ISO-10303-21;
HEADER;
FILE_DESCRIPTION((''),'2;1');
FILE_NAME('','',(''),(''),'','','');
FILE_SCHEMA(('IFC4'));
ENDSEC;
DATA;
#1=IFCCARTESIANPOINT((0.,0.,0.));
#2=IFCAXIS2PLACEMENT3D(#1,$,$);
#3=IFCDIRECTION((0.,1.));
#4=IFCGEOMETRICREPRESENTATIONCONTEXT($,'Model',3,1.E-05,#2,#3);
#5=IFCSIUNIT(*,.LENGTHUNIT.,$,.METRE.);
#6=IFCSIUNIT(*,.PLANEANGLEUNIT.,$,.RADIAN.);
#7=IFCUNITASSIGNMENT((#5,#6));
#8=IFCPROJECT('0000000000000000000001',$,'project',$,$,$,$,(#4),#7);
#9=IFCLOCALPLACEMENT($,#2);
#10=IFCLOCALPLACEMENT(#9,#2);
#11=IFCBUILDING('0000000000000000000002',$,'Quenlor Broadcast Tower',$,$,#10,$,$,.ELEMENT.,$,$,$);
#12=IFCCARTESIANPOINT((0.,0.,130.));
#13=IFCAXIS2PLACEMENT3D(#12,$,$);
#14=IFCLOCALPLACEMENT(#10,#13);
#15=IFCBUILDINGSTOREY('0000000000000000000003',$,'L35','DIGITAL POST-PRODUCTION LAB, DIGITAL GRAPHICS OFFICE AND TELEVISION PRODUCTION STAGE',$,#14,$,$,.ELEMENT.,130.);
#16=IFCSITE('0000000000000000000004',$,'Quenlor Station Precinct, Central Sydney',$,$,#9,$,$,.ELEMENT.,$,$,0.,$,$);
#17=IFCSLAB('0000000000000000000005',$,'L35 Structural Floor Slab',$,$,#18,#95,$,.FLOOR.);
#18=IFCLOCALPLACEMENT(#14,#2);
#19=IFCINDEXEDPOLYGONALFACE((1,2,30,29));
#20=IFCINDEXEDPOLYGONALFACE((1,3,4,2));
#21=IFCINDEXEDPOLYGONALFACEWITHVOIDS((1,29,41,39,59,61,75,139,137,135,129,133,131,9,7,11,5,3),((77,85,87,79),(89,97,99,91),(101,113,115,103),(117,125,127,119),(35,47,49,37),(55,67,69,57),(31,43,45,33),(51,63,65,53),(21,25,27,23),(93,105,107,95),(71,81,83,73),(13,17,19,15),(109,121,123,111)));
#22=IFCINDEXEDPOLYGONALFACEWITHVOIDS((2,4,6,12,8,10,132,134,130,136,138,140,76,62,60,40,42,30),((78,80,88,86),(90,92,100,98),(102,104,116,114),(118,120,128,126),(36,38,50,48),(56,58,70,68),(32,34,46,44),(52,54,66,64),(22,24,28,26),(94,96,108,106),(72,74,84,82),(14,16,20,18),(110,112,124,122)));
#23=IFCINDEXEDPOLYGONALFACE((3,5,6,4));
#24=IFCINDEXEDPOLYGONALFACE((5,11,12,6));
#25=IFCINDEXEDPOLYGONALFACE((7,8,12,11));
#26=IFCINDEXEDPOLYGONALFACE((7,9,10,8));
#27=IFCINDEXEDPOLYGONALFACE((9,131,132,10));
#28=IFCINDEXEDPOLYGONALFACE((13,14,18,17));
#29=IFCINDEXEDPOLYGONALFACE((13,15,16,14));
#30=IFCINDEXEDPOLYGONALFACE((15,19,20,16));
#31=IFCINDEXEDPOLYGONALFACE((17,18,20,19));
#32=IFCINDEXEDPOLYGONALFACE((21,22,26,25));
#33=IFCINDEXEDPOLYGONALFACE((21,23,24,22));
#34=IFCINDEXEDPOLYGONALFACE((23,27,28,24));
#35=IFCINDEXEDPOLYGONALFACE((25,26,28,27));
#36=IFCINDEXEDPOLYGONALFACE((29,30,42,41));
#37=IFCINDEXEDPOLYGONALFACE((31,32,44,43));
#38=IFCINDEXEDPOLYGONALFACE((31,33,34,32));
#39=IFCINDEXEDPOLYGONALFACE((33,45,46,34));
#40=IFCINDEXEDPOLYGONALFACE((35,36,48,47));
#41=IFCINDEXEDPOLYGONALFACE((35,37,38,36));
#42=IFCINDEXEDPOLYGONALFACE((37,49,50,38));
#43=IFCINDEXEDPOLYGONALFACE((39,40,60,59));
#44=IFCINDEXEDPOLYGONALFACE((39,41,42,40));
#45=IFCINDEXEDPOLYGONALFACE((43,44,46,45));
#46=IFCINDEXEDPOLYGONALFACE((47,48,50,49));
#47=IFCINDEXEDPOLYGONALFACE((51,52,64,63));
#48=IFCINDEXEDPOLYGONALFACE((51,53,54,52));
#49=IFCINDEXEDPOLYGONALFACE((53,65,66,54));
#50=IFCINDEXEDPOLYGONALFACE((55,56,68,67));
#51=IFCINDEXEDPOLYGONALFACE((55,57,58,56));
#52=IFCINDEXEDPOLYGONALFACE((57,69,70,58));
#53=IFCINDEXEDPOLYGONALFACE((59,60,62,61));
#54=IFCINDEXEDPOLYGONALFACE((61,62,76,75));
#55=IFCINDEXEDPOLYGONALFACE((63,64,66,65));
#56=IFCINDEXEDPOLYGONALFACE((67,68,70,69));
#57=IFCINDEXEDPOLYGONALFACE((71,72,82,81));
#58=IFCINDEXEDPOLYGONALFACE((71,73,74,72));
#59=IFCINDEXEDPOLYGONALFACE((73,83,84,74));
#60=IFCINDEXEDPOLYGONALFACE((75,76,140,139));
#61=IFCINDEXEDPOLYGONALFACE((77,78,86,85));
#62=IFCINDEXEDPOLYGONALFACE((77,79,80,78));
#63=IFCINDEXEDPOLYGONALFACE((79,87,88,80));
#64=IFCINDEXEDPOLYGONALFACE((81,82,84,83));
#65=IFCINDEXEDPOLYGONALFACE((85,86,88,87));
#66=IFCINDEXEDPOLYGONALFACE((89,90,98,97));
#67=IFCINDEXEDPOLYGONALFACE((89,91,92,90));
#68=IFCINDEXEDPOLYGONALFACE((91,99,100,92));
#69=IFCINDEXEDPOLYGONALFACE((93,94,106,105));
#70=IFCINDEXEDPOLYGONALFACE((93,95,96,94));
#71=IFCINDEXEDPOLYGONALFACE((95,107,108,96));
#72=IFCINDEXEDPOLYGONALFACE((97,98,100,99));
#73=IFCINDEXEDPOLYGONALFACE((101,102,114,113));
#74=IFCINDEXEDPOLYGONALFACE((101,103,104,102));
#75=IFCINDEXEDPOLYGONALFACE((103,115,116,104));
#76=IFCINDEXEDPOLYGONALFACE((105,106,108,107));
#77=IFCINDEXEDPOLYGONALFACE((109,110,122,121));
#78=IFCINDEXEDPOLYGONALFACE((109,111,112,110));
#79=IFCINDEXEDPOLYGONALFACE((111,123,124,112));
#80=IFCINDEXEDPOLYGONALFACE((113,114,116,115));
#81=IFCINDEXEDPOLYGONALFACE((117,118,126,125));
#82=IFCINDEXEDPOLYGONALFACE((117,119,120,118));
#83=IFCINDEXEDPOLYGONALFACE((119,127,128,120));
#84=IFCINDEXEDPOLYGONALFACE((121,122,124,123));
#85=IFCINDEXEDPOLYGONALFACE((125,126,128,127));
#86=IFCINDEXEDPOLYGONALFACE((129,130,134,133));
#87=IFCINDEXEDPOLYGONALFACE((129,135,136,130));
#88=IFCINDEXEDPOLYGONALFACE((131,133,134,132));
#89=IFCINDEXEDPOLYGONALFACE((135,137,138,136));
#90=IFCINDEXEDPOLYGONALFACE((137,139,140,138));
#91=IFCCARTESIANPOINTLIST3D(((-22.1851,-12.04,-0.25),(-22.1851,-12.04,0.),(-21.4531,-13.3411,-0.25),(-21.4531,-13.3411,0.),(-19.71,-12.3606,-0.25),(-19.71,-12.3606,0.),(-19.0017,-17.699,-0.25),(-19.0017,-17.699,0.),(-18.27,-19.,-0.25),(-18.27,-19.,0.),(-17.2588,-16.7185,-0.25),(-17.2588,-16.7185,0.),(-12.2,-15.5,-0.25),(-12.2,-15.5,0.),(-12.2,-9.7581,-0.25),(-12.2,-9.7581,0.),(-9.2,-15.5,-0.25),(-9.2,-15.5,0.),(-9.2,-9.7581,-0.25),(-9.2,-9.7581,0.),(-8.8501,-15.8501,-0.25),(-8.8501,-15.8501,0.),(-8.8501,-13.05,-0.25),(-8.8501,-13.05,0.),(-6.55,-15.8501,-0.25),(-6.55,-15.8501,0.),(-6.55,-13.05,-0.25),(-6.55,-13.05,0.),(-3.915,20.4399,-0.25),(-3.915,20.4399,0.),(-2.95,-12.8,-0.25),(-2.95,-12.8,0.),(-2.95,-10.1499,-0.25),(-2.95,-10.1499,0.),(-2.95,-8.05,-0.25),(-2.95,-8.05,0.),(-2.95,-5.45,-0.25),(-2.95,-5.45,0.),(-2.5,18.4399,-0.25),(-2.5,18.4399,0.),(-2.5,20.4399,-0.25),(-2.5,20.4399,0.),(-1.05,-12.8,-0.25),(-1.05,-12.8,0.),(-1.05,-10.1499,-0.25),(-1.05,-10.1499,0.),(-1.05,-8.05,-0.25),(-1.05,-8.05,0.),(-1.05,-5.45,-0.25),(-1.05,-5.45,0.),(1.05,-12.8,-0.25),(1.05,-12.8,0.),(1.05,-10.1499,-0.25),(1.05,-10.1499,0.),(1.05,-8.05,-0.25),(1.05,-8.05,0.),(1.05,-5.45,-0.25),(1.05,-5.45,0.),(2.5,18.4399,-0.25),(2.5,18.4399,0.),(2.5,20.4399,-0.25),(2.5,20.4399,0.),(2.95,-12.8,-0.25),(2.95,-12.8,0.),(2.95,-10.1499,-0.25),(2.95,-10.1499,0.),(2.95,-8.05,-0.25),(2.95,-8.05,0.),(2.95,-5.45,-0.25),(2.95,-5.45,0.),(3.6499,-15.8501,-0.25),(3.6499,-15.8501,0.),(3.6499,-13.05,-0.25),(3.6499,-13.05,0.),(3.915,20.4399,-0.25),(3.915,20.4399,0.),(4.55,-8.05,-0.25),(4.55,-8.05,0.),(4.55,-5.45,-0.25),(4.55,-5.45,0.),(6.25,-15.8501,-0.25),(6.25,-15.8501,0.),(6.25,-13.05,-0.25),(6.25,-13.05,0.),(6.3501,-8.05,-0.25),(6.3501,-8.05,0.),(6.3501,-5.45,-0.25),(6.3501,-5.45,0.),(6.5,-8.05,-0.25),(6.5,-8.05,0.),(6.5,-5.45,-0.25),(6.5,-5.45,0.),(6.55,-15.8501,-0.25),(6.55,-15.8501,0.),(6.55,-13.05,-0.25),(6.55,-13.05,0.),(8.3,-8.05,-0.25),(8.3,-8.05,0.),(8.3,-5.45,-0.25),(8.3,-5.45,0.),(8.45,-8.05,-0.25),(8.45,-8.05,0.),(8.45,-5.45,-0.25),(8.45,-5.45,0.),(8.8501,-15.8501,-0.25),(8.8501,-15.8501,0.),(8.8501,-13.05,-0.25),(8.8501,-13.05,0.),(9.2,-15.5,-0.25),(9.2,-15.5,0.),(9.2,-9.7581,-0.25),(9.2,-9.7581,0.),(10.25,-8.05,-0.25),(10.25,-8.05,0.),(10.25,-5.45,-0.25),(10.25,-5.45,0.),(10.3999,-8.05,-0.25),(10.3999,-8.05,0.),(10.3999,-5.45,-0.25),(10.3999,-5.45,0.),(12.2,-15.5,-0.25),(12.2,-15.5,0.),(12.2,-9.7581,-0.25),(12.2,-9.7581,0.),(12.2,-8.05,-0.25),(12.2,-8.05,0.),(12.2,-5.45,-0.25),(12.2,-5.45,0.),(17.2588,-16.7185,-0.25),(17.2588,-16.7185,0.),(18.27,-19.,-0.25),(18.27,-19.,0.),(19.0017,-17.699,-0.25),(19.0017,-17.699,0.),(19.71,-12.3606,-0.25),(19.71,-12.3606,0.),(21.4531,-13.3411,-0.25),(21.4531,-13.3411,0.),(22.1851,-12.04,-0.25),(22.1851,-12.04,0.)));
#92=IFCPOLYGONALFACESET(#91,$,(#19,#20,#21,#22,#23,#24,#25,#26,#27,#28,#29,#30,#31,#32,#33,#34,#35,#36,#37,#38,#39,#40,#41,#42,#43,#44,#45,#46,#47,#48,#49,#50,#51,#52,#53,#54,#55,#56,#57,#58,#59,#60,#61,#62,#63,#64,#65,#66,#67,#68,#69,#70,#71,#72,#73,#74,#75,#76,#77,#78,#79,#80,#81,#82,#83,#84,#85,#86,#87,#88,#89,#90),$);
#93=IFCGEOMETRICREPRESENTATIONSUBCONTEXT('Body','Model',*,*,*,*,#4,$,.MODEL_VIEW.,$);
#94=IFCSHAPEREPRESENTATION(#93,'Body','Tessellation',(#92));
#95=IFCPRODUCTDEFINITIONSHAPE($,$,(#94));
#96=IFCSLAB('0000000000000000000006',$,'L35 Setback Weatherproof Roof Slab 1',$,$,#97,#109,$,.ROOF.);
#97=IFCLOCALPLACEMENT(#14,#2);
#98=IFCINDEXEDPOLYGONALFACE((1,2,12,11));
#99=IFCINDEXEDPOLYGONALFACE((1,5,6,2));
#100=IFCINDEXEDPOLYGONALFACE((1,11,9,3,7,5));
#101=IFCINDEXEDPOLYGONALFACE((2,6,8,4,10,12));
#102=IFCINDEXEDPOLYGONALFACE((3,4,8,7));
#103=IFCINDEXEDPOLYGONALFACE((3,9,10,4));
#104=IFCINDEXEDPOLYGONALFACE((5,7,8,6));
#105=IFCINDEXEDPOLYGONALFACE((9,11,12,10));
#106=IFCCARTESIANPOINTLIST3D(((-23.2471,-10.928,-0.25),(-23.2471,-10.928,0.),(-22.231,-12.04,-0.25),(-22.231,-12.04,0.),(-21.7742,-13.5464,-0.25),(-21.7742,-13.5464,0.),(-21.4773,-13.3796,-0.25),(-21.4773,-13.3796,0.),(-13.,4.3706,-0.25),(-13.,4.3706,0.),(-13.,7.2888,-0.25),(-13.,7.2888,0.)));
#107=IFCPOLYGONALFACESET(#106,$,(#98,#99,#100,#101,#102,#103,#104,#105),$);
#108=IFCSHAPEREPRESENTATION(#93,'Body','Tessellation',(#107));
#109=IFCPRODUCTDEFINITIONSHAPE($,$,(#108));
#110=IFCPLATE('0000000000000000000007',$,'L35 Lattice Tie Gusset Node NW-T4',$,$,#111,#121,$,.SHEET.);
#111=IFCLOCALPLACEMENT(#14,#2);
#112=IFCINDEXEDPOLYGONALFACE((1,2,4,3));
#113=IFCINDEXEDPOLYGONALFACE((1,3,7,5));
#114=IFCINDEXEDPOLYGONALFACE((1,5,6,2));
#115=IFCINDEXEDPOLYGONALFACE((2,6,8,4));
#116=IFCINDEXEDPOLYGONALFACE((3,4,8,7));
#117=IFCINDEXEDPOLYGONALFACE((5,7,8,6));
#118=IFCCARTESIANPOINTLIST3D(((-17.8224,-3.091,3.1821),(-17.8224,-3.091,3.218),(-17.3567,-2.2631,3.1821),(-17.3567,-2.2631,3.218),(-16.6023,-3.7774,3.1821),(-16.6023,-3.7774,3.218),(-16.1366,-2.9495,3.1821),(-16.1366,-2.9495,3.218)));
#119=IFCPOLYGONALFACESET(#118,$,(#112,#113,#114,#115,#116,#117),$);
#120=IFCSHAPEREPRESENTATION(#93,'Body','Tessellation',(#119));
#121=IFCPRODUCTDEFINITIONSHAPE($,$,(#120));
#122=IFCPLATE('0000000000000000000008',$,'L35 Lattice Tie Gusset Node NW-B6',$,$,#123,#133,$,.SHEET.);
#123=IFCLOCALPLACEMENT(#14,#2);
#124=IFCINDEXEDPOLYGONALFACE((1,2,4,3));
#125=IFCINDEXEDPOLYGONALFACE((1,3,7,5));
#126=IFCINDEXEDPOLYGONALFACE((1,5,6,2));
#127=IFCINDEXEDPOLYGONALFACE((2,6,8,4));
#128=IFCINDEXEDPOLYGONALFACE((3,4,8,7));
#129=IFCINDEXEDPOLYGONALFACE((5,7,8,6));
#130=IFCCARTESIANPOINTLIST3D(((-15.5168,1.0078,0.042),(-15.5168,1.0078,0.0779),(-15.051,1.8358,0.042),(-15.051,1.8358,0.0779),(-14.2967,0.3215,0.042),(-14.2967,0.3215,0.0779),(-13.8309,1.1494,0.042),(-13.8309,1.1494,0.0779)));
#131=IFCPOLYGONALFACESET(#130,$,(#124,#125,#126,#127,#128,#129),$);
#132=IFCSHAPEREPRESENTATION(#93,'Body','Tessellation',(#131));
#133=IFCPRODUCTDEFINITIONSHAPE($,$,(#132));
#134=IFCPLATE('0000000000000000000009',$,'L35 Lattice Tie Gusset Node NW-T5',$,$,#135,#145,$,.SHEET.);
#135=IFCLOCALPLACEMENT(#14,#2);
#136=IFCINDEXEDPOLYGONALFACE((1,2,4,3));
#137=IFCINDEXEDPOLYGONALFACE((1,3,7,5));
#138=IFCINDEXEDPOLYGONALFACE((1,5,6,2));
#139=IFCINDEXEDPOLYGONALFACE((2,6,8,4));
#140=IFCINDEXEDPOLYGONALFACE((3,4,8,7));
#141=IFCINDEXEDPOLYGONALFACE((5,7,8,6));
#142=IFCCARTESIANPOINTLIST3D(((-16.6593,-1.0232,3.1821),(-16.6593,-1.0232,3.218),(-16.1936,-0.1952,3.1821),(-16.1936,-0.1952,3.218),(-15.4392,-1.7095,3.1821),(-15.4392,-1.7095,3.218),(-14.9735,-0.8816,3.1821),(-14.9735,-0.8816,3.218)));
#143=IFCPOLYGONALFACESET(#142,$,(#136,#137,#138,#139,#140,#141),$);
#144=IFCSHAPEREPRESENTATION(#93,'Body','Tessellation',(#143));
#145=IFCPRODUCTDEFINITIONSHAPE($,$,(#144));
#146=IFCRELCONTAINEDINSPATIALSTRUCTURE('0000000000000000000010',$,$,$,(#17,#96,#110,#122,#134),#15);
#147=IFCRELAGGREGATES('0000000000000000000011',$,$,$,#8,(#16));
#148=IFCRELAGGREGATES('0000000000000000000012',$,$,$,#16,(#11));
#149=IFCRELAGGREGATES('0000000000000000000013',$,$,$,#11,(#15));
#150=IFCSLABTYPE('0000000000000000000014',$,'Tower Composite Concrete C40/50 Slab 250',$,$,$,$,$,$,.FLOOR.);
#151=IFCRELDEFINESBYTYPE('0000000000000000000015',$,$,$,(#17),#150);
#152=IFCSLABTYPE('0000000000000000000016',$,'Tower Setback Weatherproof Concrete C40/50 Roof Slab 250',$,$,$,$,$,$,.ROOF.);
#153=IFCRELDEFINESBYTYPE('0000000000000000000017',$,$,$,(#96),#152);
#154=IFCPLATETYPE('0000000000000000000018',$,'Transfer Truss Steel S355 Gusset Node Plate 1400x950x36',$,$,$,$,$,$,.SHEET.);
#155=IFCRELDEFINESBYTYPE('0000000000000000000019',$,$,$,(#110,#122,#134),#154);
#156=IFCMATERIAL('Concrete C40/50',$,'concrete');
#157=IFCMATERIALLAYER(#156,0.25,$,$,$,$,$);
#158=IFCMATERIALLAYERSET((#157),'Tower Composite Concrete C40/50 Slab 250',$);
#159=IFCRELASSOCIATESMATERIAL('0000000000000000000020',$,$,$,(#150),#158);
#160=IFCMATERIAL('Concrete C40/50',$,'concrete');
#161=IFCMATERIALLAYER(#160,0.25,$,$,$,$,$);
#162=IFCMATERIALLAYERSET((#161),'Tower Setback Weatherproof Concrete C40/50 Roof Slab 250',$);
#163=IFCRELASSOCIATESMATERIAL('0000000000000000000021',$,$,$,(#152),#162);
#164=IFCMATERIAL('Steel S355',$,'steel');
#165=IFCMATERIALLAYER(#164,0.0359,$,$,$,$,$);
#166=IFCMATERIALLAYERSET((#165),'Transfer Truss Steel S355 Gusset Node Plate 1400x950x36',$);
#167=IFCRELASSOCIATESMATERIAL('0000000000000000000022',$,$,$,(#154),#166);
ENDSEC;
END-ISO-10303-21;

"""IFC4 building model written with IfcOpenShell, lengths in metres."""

from ifc_helpers import new_model, si_unit, direction, frame, origin, origin_2d, place, context, subcontext, project, spatial, polyline, rectangle, outline, extrude, material, layer, layer_set, type_object, element, save


model = new_model("IFC4")

# Units and contexts
model_context = context("Model", 3, precision=1e-05, world=origin(), true_north=direction((0.0, 1.0)))
body_context = subcontext(model_context, "Body", "Model", "MODEL_VIEW")
ifc_project = project(units=[si_unit("LENGTHUNIT", "METRE"), si_unit("PLANEANGLEUNIT", "RADIAN")], contexts=[model_context])

# Site, building, storey
site_placement = place(None, origin())
site = spatial("IfcSite", under=ifc_project, at=site_placement, Name="Quenlor Station Precinct, Central Sydney", CompositionType="ELEMENT", RefElevation=0.0)
building_placement = place(site_placement, origin())
building = spatial("IfcBuilding", under=site, at=building_placement, Name="Quenlor Broadcast Tower", CompositionType="ELEMENT")
storey_placement = place(building_placement, frame((0.0, 0.0, 130.0)))
storey = spatial("IfcBuildingStorey", under=building, at=storey_placement, Name="L35", Description="DIGITAL POST-PRODUCTION LAB, DIGITAL GRAPHICS OFFICE AND TELEVISION PRODUCTION STAGE", CompositionType="ELEMENT", Elevation=130.0)

# Slabs
ifc_material_1 = material(Name="Concrete C40/50", Category="concrete")
ifc_layer_1 = layer(ifc_material_1, 0.25)
ifc_layer_set_1 = layer_set([ifc_layer_1], Name="Tower Composite Concrete C40/50 Slab 250")
slab_type_1 = type_object("IfcSlabType", Name="Tower Composite Concrete C40/50 Slab 250", PredefinedType="FLOOR", material=ifc_layer_set_1)
slab_1_placement = place(storey_placement, frame((0.0, 0.0, -0.25)))
element("IfcSlab", 1, at=slab_1_placement, inside=storey, type_object=slab_type_1, Name="L35 Structural Floor Slab", PredefinedType="FLOOR", context=body_context, shape_type="SweptSolid", body=[
    extrude(outline(polyline([(18.27, -19.0), (19.0017, -17.699), (17.2588, -16.7185), (19.71, -12.3606), (21.4531, -13.3411), (22.1851, -12.04), (3.915, 20.4399), (2.5, 20.4399), (2.5, 18.4399), (-2.5, 18.4399), (-2.5, 20.4399), (-3.915, 20.4399), (-22.1851, -12.04), (-21.4531, -13.3411), (-19.71, -12.3606), (-17.2588, -16.7185), (-19.0017, -17.699), (-18.27, -19.0), (18.27, -19.0)]), holes=[polyline([(-12.2, -9.7581), (-12.2, -15.5), (-9.2, -15.5), (-9.2, -9.7581), (-12.2, -9.7581)]), polyline([(9.2, -9.7581), (9.2, -15.5), (12.2, -15.5), (12.2, -9.7581), (9.2, -9.7581)]), polyline([(-2.95, -8.05), (-1.05, -8.05), (-1.05, -5.45), (-2.95, -5.45), (-2.95, -8.05)]), polyline([(1.05, -8.05), (2.95, -8.05), (2.95, -5.45), (1.05, -5.45), (1.05, -8.05)]), polyline([(-2.95, -12.8), (-1.05, -12.8), (-1.05, -10.1499), (-2.95, -10.1499), (-2.95, -12.8)]), polyline([(1.05, -12.8), (2.95, -12.8), (2.95, -10.1499), (1.05, -10.1499), (1.05, -12.8)]), polyline([(4.55, -8.05), (6.3501, -8.05), (6.3501, -5.45), (4.55, -5.45), (4.55, -8.05)]), polyline([(6.5, -8.05), (8.3, -8.05), (8.3, -5.45), (6.5, -5.45), (6.5, -8.05)]), polyline([(8.45, -8.05), (10.25, -8.05), (10.25, -5.45), (8.45, -5.45), (8.45, -8.05)]), polyline([(10.3999, -8.05), (12.2, -8.05), (12.2, -5.45), (10.3999, -5.45), (10.3999, -8.05)]), polyline([(-8.8501, -15.8501), (-6.55, -15.8501), (-6.55, -13.05), (-8.8501, -13.05), (-8.8501, -15.8501)]), polyline([(6.55, -15.8501), (8.8501, -15.8501), (8.8501, -13.05), (6.55, -13.05), (6.55, -15.8501)]), polyline([(3.6499, -15.8501), (6.25, -15.8501), (6.25, -13.05), (3.6499, -13.05), (3.6499, -15.8501)])]), origin(), (0.0, 0.0, 1.0), 0.25),
])
ifc_material_2 = material(Name="Concrete C40/50", Category="concrete")
ifc_layer_2 = layer(ifc_material_2, 0.25)
ifc_layer_set_2 = layer_set([ifc_layer_2], Name="Tower Setback Weatherproof Concrete C40/50 Roof Slab 250")
slab_type_2 = type_object("IfcSlabType", Name="Tower Setback Weatherproof Concrete C40/50 Roof Slab 250", PredefinedType="ROOF", material=ifc_layer_set_2)
slab_2_placement = place(storey_placement, frame((0.0, 0.0, -0.25)))
element("IfcSlab", 2, at=slab_2_placement, inside=storey, type_object=slab_type_2, Name="L35 Setback Weatherproof Roof Slab 1", PredefinedType="ROOF", context=body_context, shape_type="SweptSolid", body=[
    extrude(outline(polyline([(-23.2471, -10.928), (-13.0, 7.2888), (-13.0, 4.3706), (-22.231, -12.04), (-21.4773, -13.3796), (-21.7742, -13.5464), (-23.2471, -10.928)])), origin(), (0.0, 0.0, 1.0), 0.25),
])

# Plates
ifc_material_3 = material(Name="Steel S355", Category="steel")
ifc_layer_3 = layer(ifc_material_3, 0.0359)
ifc_layer_set_3 = layer_set([ifc_layer_3], Name="Transfer Truss Steel S355 Gusset Node Plate 1400x950x36")
plate_type_1 = type_object("IfcPlateType", Name="Transfer Truss Steel S355 Gusset Node Plate 1400x950x36", PredefinedType="SHEET", material=ifc_layer_set_3)
for number, where, z_axis, x_axis, name in (
    (3, (-16.9795, -3.0203, 3.1821), (0.0, 0.0, 1.0), (-0.871556, 0.490295, 0.0), "L35 Lattice Tie Gusset Node NW-T4"),
    (4, (-14.6738, 1.0786, 0.042), (0.0, 0.0, 1.0), (-0.871556, 0.490295, 0.0), "L35 Lattice Tie Gusset Node NW-B6"),
    (5, (-15.8164, -0.9524, 3.1821), (0.0, 0.0, 1.0), (-0.871556, 0.490295, 0.0), "L35 Lattice Tie Gusset Node NW-T5"),
):
    element("IfcPlate", number, at=place(storey_placement, frame(where, z_axis=z_axis, x_axis=x_axis)), inside=storey, type_object=plate_type_1, Name=name, PredefinedType="SHEET", context=body_context, shape_type="SweptSolid", body=[
        extrude(rectangle(XDim=1.3999, YDim=0.95, at=origin_2d()), origin(), (0.0, 0.0, 1.0), 0.0359),
    ])

save(model, "model.ifc")
